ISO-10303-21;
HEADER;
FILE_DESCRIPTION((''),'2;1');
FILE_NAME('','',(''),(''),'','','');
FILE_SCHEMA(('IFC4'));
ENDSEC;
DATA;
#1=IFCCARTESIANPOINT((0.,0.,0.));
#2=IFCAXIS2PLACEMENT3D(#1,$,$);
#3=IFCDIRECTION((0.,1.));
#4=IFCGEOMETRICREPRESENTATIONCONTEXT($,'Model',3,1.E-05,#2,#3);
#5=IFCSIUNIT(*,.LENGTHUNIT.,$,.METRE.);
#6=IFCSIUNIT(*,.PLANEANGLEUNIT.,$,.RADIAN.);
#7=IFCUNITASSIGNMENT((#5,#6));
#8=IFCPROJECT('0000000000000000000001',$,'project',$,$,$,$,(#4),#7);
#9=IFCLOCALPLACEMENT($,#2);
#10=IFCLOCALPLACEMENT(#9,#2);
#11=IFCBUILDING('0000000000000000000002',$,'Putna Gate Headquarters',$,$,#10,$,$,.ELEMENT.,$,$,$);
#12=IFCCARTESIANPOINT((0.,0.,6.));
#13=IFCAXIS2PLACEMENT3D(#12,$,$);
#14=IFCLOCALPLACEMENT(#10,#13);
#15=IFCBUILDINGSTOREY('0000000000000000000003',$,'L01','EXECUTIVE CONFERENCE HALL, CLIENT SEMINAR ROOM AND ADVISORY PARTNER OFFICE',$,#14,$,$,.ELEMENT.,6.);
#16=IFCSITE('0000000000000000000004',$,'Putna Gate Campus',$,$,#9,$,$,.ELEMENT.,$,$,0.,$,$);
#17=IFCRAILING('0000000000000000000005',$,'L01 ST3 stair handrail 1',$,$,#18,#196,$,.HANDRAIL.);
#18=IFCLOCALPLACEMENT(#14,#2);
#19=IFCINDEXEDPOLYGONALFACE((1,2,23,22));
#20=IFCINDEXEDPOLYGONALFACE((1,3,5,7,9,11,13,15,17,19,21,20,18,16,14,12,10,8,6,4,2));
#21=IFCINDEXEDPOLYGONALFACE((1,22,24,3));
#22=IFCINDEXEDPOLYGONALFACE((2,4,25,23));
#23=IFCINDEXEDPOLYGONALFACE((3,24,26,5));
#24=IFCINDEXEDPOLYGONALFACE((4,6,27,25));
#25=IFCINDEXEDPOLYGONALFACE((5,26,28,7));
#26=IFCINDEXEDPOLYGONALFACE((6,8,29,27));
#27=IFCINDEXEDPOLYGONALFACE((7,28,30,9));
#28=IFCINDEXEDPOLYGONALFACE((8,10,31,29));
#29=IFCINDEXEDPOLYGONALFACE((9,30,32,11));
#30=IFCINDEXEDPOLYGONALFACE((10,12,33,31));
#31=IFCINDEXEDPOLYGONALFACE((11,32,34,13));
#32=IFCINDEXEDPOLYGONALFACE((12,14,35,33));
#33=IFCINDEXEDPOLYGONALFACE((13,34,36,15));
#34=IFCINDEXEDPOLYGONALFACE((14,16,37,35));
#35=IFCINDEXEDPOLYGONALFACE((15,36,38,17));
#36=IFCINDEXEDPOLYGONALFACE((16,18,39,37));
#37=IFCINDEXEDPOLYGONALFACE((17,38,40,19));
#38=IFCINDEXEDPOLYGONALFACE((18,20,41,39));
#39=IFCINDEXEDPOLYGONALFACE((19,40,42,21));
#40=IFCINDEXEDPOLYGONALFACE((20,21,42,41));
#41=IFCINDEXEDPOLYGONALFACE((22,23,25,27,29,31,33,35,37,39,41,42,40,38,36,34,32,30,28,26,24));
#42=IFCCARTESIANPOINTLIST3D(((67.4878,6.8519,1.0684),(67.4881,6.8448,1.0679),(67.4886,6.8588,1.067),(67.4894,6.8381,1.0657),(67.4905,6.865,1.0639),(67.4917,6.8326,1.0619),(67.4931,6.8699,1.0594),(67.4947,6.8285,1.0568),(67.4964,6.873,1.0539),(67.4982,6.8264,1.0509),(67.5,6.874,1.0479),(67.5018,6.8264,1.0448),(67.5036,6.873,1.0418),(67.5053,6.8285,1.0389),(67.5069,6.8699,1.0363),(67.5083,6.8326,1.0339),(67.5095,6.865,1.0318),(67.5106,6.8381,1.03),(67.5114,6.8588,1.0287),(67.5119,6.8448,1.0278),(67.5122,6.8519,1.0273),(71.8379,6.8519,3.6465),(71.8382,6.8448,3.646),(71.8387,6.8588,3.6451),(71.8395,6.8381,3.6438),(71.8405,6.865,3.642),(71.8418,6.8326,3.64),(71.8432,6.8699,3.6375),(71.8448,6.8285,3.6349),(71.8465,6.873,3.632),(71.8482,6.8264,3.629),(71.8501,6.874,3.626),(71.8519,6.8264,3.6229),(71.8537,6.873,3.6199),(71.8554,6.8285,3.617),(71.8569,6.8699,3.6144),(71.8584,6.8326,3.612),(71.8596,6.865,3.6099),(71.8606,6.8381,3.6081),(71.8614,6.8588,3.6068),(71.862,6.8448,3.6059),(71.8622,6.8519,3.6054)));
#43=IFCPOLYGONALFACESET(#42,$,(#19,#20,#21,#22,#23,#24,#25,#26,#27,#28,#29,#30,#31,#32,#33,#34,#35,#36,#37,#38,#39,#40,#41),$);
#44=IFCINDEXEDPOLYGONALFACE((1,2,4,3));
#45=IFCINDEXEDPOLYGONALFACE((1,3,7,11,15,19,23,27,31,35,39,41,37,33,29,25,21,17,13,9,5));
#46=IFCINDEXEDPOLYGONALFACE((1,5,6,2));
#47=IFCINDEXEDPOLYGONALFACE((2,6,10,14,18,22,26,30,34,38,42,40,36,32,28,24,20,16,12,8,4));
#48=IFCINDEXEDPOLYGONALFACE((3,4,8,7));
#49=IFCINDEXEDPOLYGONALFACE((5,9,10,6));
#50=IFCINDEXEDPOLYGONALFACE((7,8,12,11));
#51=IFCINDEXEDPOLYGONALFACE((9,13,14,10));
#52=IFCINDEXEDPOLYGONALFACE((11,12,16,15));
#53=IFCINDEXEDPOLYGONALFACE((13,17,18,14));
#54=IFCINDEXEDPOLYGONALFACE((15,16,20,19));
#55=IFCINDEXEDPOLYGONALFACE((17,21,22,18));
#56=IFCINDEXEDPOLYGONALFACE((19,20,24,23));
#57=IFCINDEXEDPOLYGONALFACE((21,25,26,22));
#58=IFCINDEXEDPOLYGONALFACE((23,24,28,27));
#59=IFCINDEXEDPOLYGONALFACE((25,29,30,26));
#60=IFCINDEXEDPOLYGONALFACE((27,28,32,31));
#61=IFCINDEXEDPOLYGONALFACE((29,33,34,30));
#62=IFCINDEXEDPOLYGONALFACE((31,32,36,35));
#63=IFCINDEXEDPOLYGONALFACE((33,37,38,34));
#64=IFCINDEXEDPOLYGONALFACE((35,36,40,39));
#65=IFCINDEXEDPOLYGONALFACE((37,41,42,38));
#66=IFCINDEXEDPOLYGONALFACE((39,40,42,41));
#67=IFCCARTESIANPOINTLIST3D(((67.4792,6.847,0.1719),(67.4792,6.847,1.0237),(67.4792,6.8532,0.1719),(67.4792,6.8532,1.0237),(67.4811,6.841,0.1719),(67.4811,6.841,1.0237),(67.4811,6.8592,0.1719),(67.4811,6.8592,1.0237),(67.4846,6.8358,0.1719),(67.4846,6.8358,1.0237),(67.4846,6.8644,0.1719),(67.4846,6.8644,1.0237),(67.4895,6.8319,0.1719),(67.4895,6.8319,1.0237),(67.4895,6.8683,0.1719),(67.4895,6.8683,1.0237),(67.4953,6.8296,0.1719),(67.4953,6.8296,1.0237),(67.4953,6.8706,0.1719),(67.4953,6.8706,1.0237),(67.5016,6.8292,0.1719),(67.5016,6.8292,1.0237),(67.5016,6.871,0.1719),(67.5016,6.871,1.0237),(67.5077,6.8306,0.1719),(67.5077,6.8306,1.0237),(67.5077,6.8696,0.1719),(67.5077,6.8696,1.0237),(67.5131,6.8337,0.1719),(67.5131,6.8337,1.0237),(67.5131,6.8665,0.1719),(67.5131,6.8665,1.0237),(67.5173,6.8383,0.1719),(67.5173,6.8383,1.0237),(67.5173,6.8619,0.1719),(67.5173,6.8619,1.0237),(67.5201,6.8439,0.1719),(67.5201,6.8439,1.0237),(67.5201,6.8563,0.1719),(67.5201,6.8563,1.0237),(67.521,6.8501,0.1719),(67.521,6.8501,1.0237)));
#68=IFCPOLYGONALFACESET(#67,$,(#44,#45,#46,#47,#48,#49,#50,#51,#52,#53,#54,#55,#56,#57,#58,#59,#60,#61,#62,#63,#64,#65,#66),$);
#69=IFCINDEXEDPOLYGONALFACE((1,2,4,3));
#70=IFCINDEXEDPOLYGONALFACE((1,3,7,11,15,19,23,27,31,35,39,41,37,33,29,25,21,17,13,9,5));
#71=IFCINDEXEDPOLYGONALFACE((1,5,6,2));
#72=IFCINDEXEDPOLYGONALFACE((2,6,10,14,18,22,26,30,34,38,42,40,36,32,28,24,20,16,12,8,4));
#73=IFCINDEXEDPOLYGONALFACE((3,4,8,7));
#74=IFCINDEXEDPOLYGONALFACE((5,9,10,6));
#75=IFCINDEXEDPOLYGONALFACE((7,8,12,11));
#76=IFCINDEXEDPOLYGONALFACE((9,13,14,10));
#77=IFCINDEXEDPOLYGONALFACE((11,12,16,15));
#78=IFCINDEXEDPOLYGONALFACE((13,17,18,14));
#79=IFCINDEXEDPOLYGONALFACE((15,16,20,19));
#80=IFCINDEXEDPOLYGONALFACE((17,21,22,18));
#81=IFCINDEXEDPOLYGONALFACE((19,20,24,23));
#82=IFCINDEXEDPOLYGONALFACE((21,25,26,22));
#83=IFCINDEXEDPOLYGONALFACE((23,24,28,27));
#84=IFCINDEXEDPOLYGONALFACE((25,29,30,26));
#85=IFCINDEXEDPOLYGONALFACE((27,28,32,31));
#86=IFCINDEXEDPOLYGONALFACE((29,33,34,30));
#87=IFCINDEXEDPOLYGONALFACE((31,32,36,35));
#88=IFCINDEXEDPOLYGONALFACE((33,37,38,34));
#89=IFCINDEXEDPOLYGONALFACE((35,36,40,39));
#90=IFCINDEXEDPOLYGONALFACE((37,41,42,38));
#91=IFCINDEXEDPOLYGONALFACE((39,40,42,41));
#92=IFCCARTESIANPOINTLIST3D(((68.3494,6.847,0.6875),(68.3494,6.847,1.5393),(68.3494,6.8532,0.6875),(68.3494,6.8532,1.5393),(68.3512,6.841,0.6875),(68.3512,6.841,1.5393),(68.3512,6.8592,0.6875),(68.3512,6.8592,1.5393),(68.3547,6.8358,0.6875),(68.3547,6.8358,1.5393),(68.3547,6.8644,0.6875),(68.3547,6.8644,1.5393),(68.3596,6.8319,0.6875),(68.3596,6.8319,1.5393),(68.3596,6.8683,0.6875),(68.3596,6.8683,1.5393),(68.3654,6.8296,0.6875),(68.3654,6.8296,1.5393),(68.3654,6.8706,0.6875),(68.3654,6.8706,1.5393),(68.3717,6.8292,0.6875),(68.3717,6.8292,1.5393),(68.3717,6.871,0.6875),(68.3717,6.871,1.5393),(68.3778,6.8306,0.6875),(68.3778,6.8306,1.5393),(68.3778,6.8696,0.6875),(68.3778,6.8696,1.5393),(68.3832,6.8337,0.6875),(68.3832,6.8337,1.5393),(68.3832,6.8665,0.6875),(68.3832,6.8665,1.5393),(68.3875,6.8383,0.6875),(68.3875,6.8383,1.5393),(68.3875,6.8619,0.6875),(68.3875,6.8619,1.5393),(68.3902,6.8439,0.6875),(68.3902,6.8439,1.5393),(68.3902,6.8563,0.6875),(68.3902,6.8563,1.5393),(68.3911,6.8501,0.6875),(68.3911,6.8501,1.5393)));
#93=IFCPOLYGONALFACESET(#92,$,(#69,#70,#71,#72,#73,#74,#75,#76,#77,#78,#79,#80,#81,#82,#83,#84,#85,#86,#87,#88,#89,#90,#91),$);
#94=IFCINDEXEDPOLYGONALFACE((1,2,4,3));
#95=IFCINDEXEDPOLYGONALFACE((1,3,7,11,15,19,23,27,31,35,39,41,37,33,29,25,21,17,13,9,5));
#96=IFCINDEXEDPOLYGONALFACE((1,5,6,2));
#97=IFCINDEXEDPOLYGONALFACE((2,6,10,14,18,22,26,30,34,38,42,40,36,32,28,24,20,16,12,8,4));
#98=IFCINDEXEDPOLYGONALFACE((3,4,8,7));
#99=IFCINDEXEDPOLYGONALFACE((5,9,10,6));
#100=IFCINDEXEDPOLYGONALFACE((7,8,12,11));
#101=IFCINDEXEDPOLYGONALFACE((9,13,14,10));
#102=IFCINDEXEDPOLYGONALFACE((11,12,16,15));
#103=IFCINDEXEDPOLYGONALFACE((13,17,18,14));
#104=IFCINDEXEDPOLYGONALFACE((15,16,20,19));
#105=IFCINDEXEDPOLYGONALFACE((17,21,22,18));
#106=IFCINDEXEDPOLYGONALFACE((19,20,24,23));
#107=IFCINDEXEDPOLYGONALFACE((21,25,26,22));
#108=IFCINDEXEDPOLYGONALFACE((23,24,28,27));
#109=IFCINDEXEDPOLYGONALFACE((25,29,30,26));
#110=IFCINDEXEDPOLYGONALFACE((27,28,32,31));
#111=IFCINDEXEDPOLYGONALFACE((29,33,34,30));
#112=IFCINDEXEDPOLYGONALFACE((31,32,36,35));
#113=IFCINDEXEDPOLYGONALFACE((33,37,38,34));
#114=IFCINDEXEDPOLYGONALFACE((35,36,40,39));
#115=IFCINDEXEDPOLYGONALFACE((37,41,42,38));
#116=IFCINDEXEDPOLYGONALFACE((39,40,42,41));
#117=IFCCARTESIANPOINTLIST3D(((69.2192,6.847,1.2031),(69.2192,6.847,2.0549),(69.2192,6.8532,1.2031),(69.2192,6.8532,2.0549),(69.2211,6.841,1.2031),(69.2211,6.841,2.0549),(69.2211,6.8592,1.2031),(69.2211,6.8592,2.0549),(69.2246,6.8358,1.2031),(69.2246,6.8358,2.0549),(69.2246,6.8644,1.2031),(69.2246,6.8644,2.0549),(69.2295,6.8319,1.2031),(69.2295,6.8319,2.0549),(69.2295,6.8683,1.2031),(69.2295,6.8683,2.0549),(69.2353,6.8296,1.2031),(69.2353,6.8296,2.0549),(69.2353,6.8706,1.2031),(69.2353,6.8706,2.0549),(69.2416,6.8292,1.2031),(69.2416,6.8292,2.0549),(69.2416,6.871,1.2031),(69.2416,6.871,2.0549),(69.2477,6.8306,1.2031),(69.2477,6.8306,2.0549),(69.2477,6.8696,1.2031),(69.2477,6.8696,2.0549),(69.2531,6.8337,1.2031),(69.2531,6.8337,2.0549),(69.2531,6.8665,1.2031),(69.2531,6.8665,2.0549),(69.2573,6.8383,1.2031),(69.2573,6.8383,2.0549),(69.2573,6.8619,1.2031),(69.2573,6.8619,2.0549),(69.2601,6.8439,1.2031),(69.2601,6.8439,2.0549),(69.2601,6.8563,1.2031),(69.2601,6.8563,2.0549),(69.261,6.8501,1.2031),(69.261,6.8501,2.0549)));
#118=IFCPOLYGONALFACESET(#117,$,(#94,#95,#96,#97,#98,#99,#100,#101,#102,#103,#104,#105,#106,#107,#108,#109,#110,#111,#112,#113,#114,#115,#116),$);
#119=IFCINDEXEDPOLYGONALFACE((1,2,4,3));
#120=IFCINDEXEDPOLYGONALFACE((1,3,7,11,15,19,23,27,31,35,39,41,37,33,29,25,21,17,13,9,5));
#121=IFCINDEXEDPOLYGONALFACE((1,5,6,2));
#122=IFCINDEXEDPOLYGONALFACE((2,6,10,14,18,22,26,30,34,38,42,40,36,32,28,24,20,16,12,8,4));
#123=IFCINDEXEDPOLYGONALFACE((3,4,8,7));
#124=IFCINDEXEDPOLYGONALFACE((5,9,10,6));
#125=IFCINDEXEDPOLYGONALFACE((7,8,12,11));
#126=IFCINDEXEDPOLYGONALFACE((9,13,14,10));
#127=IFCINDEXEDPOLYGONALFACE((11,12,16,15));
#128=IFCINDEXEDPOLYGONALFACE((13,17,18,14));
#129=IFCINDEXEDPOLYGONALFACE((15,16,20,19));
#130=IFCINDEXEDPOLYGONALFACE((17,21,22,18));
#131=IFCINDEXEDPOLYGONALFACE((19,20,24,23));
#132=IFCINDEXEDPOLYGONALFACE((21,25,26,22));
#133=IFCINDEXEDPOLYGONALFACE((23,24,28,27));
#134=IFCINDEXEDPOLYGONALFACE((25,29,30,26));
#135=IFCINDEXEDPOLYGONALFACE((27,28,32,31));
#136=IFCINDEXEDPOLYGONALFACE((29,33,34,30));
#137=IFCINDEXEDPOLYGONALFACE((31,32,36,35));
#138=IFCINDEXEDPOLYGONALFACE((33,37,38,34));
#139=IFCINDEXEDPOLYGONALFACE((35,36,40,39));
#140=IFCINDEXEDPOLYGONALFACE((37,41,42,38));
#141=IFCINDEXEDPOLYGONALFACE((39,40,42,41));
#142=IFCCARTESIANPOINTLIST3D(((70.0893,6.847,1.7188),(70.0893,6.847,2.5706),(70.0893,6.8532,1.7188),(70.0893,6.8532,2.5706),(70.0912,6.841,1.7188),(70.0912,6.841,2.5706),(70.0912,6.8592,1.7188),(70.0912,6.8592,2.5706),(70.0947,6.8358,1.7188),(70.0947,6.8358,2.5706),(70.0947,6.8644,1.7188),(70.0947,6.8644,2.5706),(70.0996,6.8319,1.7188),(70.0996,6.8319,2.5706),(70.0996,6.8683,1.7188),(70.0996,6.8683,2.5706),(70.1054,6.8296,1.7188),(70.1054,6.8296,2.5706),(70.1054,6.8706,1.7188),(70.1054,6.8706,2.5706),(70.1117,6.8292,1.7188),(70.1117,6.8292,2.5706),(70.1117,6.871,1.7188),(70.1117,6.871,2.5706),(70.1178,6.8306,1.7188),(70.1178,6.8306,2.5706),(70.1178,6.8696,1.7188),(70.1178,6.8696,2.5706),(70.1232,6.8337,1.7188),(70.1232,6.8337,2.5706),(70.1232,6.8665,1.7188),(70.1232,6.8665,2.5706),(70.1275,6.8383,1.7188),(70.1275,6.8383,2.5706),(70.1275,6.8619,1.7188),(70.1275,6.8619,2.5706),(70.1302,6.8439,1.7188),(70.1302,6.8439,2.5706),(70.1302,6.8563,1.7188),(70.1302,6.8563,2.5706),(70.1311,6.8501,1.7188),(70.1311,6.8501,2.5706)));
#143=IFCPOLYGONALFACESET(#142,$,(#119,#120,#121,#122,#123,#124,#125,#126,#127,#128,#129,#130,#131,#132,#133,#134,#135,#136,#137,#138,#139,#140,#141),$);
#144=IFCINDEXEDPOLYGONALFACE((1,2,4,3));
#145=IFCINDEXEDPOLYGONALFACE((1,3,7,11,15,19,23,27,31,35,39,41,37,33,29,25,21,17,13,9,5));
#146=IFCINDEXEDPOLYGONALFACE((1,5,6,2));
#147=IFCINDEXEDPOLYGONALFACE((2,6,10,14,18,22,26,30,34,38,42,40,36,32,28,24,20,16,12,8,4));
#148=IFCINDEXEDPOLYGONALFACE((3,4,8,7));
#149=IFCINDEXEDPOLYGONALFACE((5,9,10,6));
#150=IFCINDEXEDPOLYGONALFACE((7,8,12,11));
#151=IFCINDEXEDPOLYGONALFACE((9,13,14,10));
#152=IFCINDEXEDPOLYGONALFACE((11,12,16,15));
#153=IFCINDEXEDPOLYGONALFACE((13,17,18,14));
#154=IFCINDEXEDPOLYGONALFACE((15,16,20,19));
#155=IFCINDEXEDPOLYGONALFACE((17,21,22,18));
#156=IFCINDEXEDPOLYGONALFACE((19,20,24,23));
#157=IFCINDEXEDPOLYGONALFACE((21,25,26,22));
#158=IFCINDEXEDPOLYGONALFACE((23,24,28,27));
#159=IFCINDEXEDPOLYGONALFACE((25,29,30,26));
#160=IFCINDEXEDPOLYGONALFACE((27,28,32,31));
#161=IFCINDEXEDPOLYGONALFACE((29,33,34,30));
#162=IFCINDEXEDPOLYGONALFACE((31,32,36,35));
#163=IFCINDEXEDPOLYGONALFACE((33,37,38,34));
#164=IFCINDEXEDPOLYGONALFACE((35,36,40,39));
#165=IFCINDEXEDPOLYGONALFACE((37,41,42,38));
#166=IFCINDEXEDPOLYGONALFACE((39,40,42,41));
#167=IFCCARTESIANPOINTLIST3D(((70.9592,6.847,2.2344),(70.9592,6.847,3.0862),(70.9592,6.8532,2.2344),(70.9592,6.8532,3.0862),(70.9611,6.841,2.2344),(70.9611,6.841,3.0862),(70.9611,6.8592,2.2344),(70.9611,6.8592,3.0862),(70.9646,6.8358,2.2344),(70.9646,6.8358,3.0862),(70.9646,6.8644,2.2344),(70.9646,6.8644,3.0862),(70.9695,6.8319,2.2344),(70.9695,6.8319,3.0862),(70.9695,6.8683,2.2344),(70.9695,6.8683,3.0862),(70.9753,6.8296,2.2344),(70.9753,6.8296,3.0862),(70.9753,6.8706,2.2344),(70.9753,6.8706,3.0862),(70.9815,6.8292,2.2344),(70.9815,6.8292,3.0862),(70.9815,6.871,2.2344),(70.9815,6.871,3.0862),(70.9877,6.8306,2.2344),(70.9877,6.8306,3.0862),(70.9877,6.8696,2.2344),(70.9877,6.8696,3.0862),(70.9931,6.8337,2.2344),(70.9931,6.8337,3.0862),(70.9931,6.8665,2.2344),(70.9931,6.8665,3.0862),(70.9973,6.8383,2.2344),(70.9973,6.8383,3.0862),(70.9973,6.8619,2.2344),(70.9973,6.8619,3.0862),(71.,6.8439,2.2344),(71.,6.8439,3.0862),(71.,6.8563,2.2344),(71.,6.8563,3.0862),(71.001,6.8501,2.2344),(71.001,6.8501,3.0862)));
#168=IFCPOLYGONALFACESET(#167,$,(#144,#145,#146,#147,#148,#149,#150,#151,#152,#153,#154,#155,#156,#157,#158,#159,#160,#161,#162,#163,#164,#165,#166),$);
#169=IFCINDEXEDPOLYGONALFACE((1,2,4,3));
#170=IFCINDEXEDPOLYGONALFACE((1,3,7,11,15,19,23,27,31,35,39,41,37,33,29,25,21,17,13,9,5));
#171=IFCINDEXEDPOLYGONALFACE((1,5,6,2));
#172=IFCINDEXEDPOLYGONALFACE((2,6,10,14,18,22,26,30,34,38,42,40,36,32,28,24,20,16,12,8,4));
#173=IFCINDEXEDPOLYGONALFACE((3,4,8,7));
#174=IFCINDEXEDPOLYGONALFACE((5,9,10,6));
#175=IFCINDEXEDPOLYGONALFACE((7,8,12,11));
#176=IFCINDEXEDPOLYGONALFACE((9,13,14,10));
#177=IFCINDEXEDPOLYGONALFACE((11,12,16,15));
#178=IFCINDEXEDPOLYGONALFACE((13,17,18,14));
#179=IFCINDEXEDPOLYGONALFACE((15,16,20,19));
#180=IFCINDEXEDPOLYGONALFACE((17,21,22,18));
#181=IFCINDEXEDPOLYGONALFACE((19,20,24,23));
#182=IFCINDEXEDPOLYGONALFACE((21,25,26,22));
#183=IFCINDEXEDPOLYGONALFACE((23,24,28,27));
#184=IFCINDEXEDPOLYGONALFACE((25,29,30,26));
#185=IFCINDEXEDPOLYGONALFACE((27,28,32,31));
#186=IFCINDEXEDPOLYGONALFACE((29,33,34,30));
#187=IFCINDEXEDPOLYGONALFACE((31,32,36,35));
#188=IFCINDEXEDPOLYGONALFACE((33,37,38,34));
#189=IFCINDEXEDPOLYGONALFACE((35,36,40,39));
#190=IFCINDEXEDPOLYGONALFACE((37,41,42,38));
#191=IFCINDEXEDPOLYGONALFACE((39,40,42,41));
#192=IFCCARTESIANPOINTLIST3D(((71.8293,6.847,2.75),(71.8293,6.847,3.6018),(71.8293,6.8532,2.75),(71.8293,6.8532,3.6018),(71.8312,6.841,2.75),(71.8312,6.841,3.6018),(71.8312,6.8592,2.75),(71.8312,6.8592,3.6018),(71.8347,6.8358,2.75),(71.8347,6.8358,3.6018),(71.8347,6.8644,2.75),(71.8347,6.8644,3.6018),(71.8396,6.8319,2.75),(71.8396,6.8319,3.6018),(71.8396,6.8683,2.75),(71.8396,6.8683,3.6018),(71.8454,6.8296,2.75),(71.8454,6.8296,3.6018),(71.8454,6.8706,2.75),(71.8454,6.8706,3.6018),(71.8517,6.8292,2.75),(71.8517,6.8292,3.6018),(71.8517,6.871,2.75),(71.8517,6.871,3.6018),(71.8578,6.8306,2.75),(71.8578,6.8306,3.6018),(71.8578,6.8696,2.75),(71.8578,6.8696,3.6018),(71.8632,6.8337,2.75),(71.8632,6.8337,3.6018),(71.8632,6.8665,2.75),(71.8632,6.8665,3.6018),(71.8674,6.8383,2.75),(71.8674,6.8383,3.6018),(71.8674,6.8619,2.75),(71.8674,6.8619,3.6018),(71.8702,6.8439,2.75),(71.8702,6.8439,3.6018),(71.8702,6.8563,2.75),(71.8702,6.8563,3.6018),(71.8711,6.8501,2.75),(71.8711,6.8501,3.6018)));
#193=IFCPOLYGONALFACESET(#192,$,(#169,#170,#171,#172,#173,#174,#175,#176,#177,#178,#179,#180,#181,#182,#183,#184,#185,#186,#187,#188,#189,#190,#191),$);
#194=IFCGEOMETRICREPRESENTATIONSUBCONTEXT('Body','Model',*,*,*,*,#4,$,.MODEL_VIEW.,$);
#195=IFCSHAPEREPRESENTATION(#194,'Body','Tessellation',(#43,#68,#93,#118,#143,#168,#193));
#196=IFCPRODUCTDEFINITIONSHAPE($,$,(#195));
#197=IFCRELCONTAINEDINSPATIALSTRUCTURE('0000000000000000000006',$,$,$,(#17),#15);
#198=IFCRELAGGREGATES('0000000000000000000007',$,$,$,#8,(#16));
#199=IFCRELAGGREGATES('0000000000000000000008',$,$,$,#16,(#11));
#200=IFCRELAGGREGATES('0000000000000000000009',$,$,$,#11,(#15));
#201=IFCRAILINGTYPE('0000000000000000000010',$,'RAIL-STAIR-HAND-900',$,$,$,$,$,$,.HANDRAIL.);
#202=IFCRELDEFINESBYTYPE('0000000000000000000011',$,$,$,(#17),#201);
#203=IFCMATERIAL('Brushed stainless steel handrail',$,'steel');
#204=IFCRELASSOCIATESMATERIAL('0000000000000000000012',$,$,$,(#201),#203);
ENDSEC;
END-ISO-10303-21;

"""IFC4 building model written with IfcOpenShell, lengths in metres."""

from ifc_helpers import new_model, si_unit, direction, frame, origin, origin_2d, place, context, subcontext, project, spatial, circle, extrude, material, type_object, element, save


model = new_model("IFC4")

# Units and contexts
model_context = context("Model", 3, precision=1e-05, world=origin(), true_north=direction((0.0, 1.0)))
body_context = subcontext(model_context, "Body", "Model", "MODEL_VIEW")
ifc_project = project(units=[si_unit("LENGTHUNIT", "METRE"), si_unit("PLANEANGLEUNIT", "RADIAN")], contexts=[model_context])

# Site, building, storey
site_placement = place(None, origin())
site = spatial("IfcSite", under=ifc_project, at=site_placement, Name="Putna Gate Campus", CompositionType="ELEMENT", RefElevation=0.0)
building_placement = place(site_placement, origin())
building = spatial("IfcBuilding", under=site, at=building_placement, Name="Putna Gate Headquarters", CompositionType="ELEMENT")
storey_placement = place(building_placement, frame((0.0, 0.0, 6.0)))
storey = spatial("IfcBuildingStorey", under=building, at=storey_placement, Name="L01", Description="EXECUTIVE CONFERENCE HALL, CLIENT SEMINAR ROOM AND ADVISORY PARTNER OFFICE", CompositionType="ELEMENT", Elevation=6.0)

# Railing
ifc_material_1 = material(Name="Brushed stainless steel handrail", Category="steel")
railing_type_1 = type_object("IfcRailingType", Name="RAIL-STAIR-HAND-900", PredefinedType="HANDRAIL", material=ifc_material_1)
railing_1_placement = place(storey_placement, frame((67.5, 6.8501, 0.1719)))
element("IfcRailing", 1, at=railing_1_placement, inside=storey, type_object=railing_type_1, Name="L01 ST3 stair handrail 1", PredefinedType="HANDRAIL", context=body_context, shape_type="SweptSolid", body=[
    extrude(circle(Radius=0.0239, at=origin_2d()), frame((0.0, 0.0, 0.876), z_axis=(0.860266, 0.0, 0.509845), x_axis=(0.0, 1.0, 0.0)), (0.0, 0.0, 1.0), 5.0566),
    extrude(circle(Radius=0.021, at=origin_2d()), origin(), (0.0, 0.0, 1.0), 0.8518),
    extrude(circle(Radius=0.021, at=origin_2d()), frame((0.8701, 0.0, 0.5156)), (0.0, 0.0, 1.0), 0.8518),
    extrude(circle(Radius=0.021, at=origin_2d()), frame((1.74, 0.0, 1.0312)), (0.0, 0.0, 1.0), 0.8518),
    extrude(circle(Radius=0.021, at=origin_2d()), frame((2.6101, 0.0, 1.5469)), (0.0, 0.0, 1.0), 0.8518),
    extrude(circle(Radius=0.021, at=origin_2d()), frame((3.48, 0.0, 2.0625)), (0.0, 0.0, 1.0), 0.8518),
    extrude(circle(Radius=0.021, at=origin_2d()), frame((4.3501, 0.0, 2.5781)), (0.0, 0.0, 1.0), 0.8518),
])

save(model, "model.ifc")
